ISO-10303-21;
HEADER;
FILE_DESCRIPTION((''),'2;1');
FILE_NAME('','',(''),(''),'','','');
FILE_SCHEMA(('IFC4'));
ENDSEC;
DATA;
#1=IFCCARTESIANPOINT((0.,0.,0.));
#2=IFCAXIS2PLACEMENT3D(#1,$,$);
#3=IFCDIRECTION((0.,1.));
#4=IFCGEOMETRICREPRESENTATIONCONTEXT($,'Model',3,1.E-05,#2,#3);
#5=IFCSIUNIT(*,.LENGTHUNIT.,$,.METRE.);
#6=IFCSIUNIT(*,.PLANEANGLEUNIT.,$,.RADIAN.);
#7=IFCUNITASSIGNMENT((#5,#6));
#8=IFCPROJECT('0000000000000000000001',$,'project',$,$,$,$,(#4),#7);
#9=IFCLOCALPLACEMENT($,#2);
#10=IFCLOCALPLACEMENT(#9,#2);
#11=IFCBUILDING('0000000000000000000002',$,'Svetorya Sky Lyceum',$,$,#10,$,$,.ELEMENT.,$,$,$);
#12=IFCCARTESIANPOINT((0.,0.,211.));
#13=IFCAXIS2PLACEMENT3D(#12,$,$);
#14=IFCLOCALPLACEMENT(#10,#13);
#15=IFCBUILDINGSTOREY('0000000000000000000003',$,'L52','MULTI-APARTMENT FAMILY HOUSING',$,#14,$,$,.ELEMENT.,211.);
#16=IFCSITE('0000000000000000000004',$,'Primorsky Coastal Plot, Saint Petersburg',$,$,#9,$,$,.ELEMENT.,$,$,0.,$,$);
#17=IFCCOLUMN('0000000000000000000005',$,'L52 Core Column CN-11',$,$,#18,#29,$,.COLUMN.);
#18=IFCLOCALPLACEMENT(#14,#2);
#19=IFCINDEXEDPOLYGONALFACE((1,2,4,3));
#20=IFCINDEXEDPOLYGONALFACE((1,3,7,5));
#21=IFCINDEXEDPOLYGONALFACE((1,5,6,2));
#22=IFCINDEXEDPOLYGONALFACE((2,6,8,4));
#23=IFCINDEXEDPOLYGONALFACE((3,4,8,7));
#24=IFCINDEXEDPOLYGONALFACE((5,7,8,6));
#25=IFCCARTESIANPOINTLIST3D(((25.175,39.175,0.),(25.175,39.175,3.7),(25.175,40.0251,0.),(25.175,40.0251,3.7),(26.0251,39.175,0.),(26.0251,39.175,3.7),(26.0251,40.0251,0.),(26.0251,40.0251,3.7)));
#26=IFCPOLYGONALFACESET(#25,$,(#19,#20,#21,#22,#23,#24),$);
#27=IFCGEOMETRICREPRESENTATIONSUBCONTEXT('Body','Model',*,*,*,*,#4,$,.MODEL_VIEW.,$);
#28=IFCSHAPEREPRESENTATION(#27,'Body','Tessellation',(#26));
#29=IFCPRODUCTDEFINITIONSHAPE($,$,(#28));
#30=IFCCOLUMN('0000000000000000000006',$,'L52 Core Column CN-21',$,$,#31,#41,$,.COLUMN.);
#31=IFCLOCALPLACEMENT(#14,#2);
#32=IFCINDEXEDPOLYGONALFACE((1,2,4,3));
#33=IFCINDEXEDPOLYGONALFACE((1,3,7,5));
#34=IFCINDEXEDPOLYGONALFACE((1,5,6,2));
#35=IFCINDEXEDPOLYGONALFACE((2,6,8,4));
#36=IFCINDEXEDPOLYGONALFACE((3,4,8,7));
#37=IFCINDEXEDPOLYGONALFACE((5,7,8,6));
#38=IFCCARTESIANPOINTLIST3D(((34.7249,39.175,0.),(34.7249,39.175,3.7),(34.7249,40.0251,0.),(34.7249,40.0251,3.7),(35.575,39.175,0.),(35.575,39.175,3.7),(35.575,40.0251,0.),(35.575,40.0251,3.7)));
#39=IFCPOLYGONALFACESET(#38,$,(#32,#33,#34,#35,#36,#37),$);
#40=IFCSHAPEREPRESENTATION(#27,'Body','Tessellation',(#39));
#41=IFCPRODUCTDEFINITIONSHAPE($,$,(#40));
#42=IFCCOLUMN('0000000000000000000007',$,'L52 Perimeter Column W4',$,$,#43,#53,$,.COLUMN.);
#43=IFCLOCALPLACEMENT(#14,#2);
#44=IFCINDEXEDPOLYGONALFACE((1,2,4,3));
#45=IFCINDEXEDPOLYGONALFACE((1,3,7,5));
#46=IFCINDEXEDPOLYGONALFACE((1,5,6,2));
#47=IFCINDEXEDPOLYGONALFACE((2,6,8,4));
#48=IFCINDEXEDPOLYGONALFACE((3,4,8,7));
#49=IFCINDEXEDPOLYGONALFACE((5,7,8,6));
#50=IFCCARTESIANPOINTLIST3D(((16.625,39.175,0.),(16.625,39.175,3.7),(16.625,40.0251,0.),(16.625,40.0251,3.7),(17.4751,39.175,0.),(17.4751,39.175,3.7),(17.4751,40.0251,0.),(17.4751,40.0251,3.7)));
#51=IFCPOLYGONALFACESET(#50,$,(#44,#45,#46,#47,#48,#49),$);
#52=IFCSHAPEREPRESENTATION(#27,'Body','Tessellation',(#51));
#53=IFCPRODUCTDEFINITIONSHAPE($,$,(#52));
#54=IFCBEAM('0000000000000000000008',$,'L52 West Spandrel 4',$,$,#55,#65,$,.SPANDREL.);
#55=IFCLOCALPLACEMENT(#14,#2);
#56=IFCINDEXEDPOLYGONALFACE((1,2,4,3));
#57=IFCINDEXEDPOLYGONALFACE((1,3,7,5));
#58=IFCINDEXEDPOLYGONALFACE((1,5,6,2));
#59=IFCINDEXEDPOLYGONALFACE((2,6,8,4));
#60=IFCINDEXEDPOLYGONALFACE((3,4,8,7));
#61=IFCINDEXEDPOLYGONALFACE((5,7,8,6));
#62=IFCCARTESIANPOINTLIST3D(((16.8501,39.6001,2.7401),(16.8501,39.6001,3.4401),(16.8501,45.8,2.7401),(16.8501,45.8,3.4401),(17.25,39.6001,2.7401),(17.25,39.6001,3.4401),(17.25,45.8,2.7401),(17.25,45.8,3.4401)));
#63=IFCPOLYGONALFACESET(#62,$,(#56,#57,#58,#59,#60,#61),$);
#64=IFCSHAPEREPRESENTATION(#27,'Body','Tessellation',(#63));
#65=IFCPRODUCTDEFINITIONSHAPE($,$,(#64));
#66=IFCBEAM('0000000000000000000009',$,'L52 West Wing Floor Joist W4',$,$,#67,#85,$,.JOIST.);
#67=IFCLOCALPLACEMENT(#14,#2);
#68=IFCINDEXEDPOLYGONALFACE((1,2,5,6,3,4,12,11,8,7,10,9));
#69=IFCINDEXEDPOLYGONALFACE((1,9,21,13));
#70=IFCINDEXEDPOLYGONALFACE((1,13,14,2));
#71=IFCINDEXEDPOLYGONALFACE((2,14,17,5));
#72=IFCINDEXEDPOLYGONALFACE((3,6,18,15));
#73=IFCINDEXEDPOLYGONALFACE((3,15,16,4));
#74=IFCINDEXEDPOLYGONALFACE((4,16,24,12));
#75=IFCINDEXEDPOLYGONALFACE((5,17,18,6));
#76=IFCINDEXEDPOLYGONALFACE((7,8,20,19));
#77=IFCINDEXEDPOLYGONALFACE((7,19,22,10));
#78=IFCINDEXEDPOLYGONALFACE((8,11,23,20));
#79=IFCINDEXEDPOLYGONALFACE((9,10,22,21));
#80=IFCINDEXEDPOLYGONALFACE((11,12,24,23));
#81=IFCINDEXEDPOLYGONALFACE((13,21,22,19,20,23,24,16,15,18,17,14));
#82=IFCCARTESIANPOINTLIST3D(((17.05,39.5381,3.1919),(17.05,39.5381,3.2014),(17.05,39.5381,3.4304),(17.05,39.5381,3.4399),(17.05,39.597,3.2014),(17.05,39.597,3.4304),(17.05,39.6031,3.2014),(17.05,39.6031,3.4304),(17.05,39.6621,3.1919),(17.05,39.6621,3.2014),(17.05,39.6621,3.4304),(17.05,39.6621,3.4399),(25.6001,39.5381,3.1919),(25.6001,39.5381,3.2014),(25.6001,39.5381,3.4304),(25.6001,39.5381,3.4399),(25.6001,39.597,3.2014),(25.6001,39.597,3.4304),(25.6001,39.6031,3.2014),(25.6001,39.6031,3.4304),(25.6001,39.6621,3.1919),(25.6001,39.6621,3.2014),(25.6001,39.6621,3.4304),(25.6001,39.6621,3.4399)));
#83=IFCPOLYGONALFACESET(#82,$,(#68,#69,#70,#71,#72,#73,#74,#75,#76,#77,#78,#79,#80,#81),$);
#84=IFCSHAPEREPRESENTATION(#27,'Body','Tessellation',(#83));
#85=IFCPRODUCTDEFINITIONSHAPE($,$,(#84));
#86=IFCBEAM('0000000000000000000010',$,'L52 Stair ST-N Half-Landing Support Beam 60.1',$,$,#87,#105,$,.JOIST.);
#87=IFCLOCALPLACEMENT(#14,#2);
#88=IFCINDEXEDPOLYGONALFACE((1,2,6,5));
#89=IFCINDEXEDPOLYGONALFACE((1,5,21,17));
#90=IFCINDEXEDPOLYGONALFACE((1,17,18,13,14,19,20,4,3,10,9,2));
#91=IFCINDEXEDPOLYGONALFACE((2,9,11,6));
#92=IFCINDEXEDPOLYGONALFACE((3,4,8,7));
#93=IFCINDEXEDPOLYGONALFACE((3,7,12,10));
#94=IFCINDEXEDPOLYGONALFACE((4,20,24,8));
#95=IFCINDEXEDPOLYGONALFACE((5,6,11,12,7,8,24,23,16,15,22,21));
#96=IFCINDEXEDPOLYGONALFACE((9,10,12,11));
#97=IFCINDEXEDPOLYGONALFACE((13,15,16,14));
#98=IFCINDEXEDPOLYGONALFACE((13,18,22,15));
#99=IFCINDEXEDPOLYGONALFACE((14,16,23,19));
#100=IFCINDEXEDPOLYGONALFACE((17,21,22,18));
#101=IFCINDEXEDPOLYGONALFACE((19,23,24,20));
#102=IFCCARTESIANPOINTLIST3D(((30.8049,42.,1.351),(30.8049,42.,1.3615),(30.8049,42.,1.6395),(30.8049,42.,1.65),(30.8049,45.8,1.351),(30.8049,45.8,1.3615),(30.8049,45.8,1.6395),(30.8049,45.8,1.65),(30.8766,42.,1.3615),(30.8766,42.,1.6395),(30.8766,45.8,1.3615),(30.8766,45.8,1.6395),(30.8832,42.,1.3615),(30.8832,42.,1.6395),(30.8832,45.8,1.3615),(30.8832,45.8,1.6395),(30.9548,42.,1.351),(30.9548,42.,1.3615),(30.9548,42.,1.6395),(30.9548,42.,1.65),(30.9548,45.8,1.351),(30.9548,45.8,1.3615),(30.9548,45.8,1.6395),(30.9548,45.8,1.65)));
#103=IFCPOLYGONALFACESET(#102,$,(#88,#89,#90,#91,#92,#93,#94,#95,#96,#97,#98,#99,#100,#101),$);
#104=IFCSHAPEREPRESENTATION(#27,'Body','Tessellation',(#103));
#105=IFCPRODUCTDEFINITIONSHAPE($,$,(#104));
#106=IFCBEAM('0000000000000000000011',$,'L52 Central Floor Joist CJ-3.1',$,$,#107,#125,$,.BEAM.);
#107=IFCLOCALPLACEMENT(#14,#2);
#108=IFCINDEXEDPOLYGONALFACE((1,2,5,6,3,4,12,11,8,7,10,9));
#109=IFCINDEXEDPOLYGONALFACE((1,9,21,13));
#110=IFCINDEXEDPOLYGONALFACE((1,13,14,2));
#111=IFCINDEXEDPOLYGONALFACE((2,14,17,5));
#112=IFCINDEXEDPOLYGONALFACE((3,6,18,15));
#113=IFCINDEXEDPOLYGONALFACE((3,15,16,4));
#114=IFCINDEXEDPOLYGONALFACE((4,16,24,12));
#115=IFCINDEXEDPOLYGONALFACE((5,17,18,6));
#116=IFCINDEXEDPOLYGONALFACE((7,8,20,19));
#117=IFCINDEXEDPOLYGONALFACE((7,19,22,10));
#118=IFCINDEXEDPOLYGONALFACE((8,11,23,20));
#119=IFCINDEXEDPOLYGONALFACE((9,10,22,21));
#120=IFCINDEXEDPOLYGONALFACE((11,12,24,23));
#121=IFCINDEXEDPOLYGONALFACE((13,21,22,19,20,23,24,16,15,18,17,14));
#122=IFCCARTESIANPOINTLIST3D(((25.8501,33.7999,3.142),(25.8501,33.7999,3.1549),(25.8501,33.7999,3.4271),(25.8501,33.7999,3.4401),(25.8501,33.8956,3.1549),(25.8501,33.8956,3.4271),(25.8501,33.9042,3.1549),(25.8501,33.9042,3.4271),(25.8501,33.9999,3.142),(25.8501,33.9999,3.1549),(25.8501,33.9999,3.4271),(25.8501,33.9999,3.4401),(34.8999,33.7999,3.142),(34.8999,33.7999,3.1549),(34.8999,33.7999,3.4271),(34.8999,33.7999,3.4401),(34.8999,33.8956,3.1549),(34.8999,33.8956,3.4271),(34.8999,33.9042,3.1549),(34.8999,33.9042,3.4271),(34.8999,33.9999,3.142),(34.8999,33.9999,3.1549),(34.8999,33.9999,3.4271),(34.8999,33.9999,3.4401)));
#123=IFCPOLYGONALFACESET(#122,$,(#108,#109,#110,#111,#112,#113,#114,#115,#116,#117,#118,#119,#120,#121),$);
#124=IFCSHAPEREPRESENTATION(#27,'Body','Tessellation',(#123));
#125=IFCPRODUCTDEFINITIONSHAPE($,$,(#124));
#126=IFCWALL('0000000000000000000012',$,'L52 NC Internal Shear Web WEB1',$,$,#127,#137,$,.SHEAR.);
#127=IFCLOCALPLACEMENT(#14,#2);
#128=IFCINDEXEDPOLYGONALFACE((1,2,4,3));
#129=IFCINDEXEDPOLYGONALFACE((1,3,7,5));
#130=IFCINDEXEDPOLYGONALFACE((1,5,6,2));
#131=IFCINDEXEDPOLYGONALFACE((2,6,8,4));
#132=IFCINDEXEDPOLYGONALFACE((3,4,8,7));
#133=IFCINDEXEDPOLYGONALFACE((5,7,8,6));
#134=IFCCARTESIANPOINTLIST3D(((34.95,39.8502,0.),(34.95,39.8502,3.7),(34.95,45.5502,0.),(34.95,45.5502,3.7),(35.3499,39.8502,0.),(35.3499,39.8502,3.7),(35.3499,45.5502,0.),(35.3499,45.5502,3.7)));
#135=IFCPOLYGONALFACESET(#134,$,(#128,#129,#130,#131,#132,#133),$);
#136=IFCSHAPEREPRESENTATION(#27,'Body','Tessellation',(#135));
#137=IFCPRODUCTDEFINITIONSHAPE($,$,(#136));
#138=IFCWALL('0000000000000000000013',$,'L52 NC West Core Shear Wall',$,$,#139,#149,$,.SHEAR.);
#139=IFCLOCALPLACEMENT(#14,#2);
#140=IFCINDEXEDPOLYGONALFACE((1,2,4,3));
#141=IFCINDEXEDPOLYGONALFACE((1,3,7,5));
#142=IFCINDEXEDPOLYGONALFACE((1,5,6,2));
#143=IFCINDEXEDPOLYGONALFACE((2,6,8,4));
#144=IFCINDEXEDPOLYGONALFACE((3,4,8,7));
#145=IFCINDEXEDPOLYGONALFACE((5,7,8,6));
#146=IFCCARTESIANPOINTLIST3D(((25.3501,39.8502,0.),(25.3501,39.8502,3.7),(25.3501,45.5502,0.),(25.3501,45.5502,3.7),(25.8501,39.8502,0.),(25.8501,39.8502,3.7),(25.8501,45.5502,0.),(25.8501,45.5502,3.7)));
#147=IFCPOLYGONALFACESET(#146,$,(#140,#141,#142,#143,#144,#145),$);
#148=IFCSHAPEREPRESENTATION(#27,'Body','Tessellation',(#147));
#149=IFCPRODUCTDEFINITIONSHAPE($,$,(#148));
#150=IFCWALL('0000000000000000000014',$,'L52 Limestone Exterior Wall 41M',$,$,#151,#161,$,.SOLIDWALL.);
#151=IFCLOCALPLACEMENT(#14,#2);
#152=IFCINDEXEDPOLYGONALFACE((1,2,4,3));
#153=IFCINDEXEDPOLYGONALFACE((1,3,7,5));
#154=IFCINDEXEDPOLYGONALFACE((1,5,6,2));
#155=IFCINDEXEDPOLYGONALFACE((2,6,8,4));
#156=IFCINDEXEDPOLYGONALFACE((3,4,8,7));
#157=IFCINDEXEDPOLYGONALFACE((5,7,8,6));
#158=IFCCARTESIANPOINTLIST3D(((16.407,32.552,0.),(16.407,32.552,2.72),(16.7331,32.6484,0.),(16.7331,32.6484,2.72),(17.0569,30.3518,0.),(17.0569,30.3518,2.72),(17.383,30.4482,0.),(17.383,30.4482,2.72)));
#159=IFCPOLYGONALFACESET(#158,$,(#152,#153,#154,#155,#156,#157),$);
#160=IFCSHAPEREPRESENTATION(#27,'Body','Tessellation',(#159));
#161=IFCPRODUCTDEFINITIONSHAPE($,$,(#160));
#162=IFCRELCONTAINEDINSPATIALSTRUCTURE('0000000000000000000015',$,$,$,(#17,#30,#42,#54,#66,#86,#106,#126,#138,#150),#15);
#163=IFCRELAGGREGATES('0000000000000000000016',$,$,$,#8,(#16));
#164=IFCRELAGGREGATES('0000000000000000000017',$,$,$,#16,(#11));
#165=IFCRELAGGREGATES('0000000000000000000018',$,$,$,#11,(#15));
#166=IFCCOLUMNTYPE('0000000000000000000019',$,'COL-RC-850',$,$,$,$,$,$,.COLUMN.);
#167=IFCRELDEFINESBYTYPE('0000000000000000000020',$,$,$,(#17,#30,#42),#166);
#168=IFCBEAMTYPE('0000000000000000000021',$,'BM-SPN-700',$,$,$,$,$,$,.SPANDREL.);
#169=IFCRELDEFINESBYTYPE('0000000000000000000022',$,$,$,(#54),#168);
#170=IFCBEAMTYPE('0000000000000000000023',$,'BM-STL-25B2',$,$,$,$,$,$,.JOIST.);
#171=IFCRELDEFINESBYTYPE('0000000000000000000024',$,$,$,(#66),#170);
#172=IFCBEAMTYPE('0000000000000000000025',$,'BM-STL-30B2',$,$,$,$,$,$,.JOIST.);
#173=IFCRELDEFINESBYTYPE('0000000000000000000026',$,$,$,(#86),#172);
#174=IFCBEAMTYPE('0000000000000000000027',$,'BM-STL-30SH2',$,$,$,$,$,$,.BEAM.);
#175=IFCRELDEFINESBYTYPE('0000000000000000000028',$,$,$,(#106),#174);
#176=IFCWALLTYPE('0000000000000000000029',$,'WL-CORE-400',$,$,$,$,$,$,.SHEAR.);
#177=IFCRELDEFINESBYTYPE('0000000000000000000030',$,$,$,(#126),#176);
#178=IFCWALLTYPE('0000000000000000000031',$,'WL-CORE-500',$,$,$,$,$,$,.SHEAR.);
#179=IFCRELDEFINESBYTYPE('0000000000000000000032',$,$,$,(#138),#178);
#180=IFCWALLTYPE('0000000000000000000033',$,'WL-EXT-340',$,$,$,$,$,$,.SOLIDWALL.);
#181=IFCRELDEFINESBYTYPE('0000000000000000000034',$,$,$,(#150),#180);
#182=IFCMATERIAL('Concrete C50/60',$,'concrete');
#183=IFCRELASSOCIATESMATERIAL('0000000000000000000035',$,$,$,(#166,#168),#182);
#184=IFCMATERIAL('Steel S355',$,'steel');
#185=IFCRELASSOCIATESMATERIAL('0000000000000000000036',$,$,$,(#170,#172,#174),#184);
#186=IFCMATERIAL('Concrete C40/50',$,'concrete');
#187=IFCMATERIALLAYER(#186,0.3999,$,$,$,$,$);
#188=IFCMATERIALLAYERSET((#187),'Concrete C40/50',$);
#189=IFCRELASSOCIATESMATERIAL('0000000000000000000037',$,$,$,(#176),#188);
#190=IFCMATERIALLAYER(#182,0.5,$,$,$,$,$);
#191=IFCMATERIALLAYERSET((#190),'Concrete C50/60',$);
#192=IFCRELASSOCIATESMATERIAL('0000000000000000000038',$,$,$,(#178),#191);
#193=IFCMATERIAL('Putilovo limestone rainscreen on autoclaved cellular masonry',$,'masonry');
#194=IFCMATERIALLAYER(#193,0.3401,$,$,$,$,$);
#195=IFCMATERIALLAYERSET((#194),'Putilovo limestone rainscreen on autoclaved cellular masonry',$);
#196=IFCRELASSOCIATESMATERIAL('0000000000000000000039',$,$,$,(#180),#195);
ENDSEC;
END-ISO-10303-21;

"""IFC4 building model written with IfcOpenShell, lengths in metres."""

from ifc_helpers import new_model, si_unit, direction, frame, frame_2d, origin, origin_2d, place, context, subcontext, project, spatial, rectangle, i_section, extrude, material, layer, layer_set, material_profile, profile_set, type_object, element, save


model = new_model("IFC4")

# Units and contexts
model_context = context("Model", 3, precision=1e-05, world=origin(), true_north=direction((0.0, 1.0)))
body_context = subcontext(model_context, "Body", "Model", "MODEL_VIEW")
ifc_project = project(units=[si_unit("LENGTHUNIT", "METRE"), si_unit("PLANEANGLEUNIT", "RADIAN")], contexts=[model_context])

# Site, building, storey
site_placement = place(None, origin())
site = spatial("IfcSite", under=ifc_project, at=site_placement, Name="Primorsky Coastal Plot, Saint Petersburg", CompositionType="ELEMENT", RefElevation=0.0)
building_placement = place(site_placement, origin())
building = spatial("IfcBuilding", under=site, at=building_placement, Name="Svetorya Sky Lyceum", CompositionType="ELEMENT")
storey_placement = place(building_placement, frame((0.0, 0.0, 211.0)))
storey = spatial("IfcBuildingStorey", under=building, at=storey_placement, Name="L52", Description="MULTI-APARTMENT FAMILY HOUSING", CompositionType="ELEMENT", Elevation=211.0)

# Columns
ifc_material_1 = material(Name="Concrete C50/60", Category="concrete")
ifc_material_profile_1 = material_profile(ifc_material_1, rectangle(XDim=0.8501, YDim=0.8501, at=origin_2d()), Name="RC COL 850x850")
ifc_profile_set_1 = profile_set([ifc_material_profile_1], Name="Concrete C50/60")
column_type = type_object("IfcColumnType", Name="COL-RC-850", PredefinedType="COLUMN", material=ifc_profile_set_1)
for number, where, z_axis, x_axis, name in (
    (1, (25.6001, 39.6001, 0.0), (0.0, 0.0, 1.0), (1.0, 0.0, 0.0), "L52 Core Column CN-11"),
    (2, (35.1499, 39.6001, 0.0), (0.0, 0.0, 1.0), (1.0, 0.0, 0.0), "L52 Core Column CN-21"),
    (3, (17.05, 39.6001, 0.0), (0.0, 0.0, 1.0), (1.0, 0.0, 0.0), "L52 Perimeter Column W4"),
):
    element("IfcColumn", number, at=place(storey_placement, frame(where, z_axis=z_axis, x_axis=x_axis)), inside=storey, type_object=column_type, Name=name, PredefinedType="COLUMN", context=body_context, shape_type="SweptSolid", body=[
        extrude(rectangle(XDim=0.8501, YDim=0.8501, at=origin_2d()), origin(), (0.0, 0.0, 1.0), 3.7),
    ])

# Beams
ifc_material_profile_2 = material_profile(ifc_material_1, rectangle(XDim=0.3999, YDim=0.7, at=origin_2d()), Name="RC SPANDREL 400x700")
ifc_profile_set_2 = profile_set([ifc_material_profile_2], Name="Concrete C50/60")
beam_type_1 = type_object("IfcBeamType", Name="BM-SPN-700", PredefinedType="SPANDREL", material=ifc_profile_set_2)
beam_1_placement = place(storey_placement, frame((17.05, 39.6001, 3.0901), z_axis=(0.0, 1.0, 0.0), x_axis=(-1.0, 0.0, 0.0)))
element("IfcBeam", 4, at=beam_1_placement, inside=storey, type_object=beam_type_1, Name="L52 West Spandrel 4", PredefinedType="SPANDREL", context=body_context, shape_type="SweptSolid", body=[
    extrude(rectangle(XDim=0.3999, YDim=0.7, at=origin_2d()), origin(), (0.0, 0.0, 1.0), 6.2),
])
ifc_material_2 = material(Name="Steel S355", Category="steel")
ifc_material_profile_3 = material_profile(ifc_material_2, i_section(OverallWidth=0.124, OverallDepth=0.248, WebThickness=0.0061, FlangeThickness=0.0095, at=origin_2d()), Name="GOST 25B2")
ifc_profile_set_3 = profile_set([ifc_material_profile_3], Name="Steel S355")
beam_type_2 = type_object("IfcBeamType", Name="BM-STL-25B2", PredefinedType="JOIST", material=ifc_profile_set_3)
beam_2_placement = place(storey_placement, frame((17.05, 39.6001, 3.3159), z_axis=(1.0, 0.0, 0.0), x_axis=(0.0, 1.0, 0.0)))
element("IfcBeam", 5, at=beam_2_placement, inside=storey, type_object=beam_type_2, Name="L52 West Wing Floor Joist W4", PredefinedType="JOIST", context=body_context, shape_type="SweptSolid", body=[
    extrude(i_section(OverallWidth=0.124, OverallDepth=0.248, WebThickness=0.0061, FlangeThickness=0.0095, at=origin_2d()), origin(), (0.0, 0.0, 1.0), 8.55),
])
ifc_material_profile_4 = material_profile(ifc_material_2, i_section(OverallWidth=0.1499, OverallDepth=0.2991, WebThickness=0.0066, FlangeThickness=0.0105, at=origin_2d()), Name="GOST 30B2")
ifc_profile_set_4 = profile_set([ifc_material_profile_4], Name="Steel S355")
beam_type_3 = type_object("IfcBeamType", Name="BM-STL-30B2", PredefinedType="JOIST", material=ifc_profile_set_4)
beam_3_placement = place(storey_placement, frame((30.8799, 42.0, 1.5005), z_axis=(0.0, 1.0, 0.0), x_axis=(-1.0, 0.0, 0.0)))
element("IfcBeam", 6, at=beam_3_placement, inside=storey, type_object=beam_type_3, Name="L52 Stair ST-N Half-Landing Support Beam 60.1", PredefinedType="JOIST", context=body_context, shape_type="SweptSolid", body=[
    extrude(i_section(OverallWidth=0.1499, OverallDepth=0.2991, WebThickness=0.0066, FlangeThickness=0.0105, at=origin_2d()), origin(), (0.0, 0.0, 1.0), 3.8),
])
ifc_material_profile_5 = material_profile(ifc_material_2, i_section(OverallWidth=0.2, OverallDepth=0.2981, WebThickness=0.0085, FlangeThickness=0.0129, at=origin_2d()), Name="GOST 30Sh2")
ifc_profile_set_5 = profile_set([ifc_material_profile_5], Name="Steel S355")
beam_type_4 = type_object("IfcBeamType", Name="BM-STL-30SH2", PredefinedType="BEAM", material=ifc_profile_set_5)
beam_4_placement = place(storey_placement, frame((25.8501, 33.8999, 3.291), z_axis=(1.0, 0.0, 0.0), x_axis=(0.0, 1.0, 0.0)))
element("IfcBeam", 7, at=beam_4_placement, inside=storey, type_object=beam_type_4, Name="L52 Central Floor Joist CJ-3.1", PredefinedType="BEAM", context=body_context, shape_type="SweptSolid", body=[
    extrude(i_section(OverallWidth=0.2, OverallDepth=0.2981, WebThickness=0.0085, FlangeThickness=0.0129, at=origin_2d()), origin(), (0.0, 0.0, 1.0), 9.0498),
])

# Walls
ifc_material_3 = material(Name="Concrete C40/50", Category="concrete")
ifc_layer_1 = layer(ifc_material_3, 0.3999)
ifc_layer_set_1 = layer_set([ifc_layer_1], Name="Concrete C40/50")
wall_type_1 = type_object("IfcWallType", Name="WL-CORE-400", PredefinedType="SHEAR", material=ifc_layer_set_1)
wall_1_placement = place(storey_placement, frame((35.1499, 39.8501, 0.0), z_axis=(0.0, 0.0, 1.0), x_axis=(0.0, 1.0, 0.0)))
element("IfcWall", 8, at=wall_1_placement, inside=storey, type_object=wall_type_1, Name="L52 NC Internal Shear Web WEB1", PredefinedType="SHEAR", context=body_context, shape_type="SweptSolid", body=[
    extrude(rectangle(XDim=5.7, YDim=0.3999, at=frame_2d((2.8501, 0.0))), origin(), (0.0, 0.0, 1.0), 3.7),
])
ifc_layer_2 = layer(ifc_material_1, 0.5)
ifc_layer_set_2 = layer_set([ifc_layer_2], Name="Concrete C50/60")
wall_type_2 = type_object("IfcWallType", Name="WL-CORE-500", PredefinedType="SHEAR", material=ifc_layer_set_2)
wall_2_placement = place(storey_placement, frame((25.6001, 39.8501, 0.0), z_axis=(0.0, 0.0, 1.0), x_axis=(0.0, 1.0, 0.0)))
element("IfcWall", 9, at=wall_2_placement, inside=storey, type_object=wall_type_2, Name="L52 NC West Core Shear Wall", PredefinedType="SHEAR", context=body_context, shape_type="SweptSolid", body=[
    extrude(rectangle(XDim=5.7, YDim=0.5, at=frame_2d((2.8501, 0.0))), origin(), (0.0, 0.0, 1.0), 3.7),
])
ifc_material_4 = material(Name="Putilovo limestone rainscreen on autoclaved cellular masonry", Category="masonry")
ifc_layer_3 = layer(ifc_material_4, 0.3401)
ifc_layer_set_3 = layer_set([ifc_layer_3], Name="Putilovo limestone rainscreen on autoclaved cellular masonry")
wall_type_3 = type_object("IfcWallType", Name="WL-EXT-340", PredefinedType="SOLIDWALL", material=ifc_layer_set_3)
wall_3_placement = place(storey_placement, frame((16.5701, 32.6001, 0.0), z_axis=(0.0, 0.0, 1.0), x_axis=(0.283284, -0.959036, 0.0)))
element("IfcWall", 10, at=wall_3_placement, inside=storey, type_object=wall_type_3, Name="L52 Limestone Exterior Wall 41M", PredefinedType="SOLIDWALL", context=body_context, shape_type="SweptSolid", body=[
    extrude(rectangle(XDim=2.2942, YDim=0.3401, at=frame_2d((1.147, 0.0))), origin(), (0.0, 0.0, 1.0), 2.72),
])

save(model, "model.ifc")
